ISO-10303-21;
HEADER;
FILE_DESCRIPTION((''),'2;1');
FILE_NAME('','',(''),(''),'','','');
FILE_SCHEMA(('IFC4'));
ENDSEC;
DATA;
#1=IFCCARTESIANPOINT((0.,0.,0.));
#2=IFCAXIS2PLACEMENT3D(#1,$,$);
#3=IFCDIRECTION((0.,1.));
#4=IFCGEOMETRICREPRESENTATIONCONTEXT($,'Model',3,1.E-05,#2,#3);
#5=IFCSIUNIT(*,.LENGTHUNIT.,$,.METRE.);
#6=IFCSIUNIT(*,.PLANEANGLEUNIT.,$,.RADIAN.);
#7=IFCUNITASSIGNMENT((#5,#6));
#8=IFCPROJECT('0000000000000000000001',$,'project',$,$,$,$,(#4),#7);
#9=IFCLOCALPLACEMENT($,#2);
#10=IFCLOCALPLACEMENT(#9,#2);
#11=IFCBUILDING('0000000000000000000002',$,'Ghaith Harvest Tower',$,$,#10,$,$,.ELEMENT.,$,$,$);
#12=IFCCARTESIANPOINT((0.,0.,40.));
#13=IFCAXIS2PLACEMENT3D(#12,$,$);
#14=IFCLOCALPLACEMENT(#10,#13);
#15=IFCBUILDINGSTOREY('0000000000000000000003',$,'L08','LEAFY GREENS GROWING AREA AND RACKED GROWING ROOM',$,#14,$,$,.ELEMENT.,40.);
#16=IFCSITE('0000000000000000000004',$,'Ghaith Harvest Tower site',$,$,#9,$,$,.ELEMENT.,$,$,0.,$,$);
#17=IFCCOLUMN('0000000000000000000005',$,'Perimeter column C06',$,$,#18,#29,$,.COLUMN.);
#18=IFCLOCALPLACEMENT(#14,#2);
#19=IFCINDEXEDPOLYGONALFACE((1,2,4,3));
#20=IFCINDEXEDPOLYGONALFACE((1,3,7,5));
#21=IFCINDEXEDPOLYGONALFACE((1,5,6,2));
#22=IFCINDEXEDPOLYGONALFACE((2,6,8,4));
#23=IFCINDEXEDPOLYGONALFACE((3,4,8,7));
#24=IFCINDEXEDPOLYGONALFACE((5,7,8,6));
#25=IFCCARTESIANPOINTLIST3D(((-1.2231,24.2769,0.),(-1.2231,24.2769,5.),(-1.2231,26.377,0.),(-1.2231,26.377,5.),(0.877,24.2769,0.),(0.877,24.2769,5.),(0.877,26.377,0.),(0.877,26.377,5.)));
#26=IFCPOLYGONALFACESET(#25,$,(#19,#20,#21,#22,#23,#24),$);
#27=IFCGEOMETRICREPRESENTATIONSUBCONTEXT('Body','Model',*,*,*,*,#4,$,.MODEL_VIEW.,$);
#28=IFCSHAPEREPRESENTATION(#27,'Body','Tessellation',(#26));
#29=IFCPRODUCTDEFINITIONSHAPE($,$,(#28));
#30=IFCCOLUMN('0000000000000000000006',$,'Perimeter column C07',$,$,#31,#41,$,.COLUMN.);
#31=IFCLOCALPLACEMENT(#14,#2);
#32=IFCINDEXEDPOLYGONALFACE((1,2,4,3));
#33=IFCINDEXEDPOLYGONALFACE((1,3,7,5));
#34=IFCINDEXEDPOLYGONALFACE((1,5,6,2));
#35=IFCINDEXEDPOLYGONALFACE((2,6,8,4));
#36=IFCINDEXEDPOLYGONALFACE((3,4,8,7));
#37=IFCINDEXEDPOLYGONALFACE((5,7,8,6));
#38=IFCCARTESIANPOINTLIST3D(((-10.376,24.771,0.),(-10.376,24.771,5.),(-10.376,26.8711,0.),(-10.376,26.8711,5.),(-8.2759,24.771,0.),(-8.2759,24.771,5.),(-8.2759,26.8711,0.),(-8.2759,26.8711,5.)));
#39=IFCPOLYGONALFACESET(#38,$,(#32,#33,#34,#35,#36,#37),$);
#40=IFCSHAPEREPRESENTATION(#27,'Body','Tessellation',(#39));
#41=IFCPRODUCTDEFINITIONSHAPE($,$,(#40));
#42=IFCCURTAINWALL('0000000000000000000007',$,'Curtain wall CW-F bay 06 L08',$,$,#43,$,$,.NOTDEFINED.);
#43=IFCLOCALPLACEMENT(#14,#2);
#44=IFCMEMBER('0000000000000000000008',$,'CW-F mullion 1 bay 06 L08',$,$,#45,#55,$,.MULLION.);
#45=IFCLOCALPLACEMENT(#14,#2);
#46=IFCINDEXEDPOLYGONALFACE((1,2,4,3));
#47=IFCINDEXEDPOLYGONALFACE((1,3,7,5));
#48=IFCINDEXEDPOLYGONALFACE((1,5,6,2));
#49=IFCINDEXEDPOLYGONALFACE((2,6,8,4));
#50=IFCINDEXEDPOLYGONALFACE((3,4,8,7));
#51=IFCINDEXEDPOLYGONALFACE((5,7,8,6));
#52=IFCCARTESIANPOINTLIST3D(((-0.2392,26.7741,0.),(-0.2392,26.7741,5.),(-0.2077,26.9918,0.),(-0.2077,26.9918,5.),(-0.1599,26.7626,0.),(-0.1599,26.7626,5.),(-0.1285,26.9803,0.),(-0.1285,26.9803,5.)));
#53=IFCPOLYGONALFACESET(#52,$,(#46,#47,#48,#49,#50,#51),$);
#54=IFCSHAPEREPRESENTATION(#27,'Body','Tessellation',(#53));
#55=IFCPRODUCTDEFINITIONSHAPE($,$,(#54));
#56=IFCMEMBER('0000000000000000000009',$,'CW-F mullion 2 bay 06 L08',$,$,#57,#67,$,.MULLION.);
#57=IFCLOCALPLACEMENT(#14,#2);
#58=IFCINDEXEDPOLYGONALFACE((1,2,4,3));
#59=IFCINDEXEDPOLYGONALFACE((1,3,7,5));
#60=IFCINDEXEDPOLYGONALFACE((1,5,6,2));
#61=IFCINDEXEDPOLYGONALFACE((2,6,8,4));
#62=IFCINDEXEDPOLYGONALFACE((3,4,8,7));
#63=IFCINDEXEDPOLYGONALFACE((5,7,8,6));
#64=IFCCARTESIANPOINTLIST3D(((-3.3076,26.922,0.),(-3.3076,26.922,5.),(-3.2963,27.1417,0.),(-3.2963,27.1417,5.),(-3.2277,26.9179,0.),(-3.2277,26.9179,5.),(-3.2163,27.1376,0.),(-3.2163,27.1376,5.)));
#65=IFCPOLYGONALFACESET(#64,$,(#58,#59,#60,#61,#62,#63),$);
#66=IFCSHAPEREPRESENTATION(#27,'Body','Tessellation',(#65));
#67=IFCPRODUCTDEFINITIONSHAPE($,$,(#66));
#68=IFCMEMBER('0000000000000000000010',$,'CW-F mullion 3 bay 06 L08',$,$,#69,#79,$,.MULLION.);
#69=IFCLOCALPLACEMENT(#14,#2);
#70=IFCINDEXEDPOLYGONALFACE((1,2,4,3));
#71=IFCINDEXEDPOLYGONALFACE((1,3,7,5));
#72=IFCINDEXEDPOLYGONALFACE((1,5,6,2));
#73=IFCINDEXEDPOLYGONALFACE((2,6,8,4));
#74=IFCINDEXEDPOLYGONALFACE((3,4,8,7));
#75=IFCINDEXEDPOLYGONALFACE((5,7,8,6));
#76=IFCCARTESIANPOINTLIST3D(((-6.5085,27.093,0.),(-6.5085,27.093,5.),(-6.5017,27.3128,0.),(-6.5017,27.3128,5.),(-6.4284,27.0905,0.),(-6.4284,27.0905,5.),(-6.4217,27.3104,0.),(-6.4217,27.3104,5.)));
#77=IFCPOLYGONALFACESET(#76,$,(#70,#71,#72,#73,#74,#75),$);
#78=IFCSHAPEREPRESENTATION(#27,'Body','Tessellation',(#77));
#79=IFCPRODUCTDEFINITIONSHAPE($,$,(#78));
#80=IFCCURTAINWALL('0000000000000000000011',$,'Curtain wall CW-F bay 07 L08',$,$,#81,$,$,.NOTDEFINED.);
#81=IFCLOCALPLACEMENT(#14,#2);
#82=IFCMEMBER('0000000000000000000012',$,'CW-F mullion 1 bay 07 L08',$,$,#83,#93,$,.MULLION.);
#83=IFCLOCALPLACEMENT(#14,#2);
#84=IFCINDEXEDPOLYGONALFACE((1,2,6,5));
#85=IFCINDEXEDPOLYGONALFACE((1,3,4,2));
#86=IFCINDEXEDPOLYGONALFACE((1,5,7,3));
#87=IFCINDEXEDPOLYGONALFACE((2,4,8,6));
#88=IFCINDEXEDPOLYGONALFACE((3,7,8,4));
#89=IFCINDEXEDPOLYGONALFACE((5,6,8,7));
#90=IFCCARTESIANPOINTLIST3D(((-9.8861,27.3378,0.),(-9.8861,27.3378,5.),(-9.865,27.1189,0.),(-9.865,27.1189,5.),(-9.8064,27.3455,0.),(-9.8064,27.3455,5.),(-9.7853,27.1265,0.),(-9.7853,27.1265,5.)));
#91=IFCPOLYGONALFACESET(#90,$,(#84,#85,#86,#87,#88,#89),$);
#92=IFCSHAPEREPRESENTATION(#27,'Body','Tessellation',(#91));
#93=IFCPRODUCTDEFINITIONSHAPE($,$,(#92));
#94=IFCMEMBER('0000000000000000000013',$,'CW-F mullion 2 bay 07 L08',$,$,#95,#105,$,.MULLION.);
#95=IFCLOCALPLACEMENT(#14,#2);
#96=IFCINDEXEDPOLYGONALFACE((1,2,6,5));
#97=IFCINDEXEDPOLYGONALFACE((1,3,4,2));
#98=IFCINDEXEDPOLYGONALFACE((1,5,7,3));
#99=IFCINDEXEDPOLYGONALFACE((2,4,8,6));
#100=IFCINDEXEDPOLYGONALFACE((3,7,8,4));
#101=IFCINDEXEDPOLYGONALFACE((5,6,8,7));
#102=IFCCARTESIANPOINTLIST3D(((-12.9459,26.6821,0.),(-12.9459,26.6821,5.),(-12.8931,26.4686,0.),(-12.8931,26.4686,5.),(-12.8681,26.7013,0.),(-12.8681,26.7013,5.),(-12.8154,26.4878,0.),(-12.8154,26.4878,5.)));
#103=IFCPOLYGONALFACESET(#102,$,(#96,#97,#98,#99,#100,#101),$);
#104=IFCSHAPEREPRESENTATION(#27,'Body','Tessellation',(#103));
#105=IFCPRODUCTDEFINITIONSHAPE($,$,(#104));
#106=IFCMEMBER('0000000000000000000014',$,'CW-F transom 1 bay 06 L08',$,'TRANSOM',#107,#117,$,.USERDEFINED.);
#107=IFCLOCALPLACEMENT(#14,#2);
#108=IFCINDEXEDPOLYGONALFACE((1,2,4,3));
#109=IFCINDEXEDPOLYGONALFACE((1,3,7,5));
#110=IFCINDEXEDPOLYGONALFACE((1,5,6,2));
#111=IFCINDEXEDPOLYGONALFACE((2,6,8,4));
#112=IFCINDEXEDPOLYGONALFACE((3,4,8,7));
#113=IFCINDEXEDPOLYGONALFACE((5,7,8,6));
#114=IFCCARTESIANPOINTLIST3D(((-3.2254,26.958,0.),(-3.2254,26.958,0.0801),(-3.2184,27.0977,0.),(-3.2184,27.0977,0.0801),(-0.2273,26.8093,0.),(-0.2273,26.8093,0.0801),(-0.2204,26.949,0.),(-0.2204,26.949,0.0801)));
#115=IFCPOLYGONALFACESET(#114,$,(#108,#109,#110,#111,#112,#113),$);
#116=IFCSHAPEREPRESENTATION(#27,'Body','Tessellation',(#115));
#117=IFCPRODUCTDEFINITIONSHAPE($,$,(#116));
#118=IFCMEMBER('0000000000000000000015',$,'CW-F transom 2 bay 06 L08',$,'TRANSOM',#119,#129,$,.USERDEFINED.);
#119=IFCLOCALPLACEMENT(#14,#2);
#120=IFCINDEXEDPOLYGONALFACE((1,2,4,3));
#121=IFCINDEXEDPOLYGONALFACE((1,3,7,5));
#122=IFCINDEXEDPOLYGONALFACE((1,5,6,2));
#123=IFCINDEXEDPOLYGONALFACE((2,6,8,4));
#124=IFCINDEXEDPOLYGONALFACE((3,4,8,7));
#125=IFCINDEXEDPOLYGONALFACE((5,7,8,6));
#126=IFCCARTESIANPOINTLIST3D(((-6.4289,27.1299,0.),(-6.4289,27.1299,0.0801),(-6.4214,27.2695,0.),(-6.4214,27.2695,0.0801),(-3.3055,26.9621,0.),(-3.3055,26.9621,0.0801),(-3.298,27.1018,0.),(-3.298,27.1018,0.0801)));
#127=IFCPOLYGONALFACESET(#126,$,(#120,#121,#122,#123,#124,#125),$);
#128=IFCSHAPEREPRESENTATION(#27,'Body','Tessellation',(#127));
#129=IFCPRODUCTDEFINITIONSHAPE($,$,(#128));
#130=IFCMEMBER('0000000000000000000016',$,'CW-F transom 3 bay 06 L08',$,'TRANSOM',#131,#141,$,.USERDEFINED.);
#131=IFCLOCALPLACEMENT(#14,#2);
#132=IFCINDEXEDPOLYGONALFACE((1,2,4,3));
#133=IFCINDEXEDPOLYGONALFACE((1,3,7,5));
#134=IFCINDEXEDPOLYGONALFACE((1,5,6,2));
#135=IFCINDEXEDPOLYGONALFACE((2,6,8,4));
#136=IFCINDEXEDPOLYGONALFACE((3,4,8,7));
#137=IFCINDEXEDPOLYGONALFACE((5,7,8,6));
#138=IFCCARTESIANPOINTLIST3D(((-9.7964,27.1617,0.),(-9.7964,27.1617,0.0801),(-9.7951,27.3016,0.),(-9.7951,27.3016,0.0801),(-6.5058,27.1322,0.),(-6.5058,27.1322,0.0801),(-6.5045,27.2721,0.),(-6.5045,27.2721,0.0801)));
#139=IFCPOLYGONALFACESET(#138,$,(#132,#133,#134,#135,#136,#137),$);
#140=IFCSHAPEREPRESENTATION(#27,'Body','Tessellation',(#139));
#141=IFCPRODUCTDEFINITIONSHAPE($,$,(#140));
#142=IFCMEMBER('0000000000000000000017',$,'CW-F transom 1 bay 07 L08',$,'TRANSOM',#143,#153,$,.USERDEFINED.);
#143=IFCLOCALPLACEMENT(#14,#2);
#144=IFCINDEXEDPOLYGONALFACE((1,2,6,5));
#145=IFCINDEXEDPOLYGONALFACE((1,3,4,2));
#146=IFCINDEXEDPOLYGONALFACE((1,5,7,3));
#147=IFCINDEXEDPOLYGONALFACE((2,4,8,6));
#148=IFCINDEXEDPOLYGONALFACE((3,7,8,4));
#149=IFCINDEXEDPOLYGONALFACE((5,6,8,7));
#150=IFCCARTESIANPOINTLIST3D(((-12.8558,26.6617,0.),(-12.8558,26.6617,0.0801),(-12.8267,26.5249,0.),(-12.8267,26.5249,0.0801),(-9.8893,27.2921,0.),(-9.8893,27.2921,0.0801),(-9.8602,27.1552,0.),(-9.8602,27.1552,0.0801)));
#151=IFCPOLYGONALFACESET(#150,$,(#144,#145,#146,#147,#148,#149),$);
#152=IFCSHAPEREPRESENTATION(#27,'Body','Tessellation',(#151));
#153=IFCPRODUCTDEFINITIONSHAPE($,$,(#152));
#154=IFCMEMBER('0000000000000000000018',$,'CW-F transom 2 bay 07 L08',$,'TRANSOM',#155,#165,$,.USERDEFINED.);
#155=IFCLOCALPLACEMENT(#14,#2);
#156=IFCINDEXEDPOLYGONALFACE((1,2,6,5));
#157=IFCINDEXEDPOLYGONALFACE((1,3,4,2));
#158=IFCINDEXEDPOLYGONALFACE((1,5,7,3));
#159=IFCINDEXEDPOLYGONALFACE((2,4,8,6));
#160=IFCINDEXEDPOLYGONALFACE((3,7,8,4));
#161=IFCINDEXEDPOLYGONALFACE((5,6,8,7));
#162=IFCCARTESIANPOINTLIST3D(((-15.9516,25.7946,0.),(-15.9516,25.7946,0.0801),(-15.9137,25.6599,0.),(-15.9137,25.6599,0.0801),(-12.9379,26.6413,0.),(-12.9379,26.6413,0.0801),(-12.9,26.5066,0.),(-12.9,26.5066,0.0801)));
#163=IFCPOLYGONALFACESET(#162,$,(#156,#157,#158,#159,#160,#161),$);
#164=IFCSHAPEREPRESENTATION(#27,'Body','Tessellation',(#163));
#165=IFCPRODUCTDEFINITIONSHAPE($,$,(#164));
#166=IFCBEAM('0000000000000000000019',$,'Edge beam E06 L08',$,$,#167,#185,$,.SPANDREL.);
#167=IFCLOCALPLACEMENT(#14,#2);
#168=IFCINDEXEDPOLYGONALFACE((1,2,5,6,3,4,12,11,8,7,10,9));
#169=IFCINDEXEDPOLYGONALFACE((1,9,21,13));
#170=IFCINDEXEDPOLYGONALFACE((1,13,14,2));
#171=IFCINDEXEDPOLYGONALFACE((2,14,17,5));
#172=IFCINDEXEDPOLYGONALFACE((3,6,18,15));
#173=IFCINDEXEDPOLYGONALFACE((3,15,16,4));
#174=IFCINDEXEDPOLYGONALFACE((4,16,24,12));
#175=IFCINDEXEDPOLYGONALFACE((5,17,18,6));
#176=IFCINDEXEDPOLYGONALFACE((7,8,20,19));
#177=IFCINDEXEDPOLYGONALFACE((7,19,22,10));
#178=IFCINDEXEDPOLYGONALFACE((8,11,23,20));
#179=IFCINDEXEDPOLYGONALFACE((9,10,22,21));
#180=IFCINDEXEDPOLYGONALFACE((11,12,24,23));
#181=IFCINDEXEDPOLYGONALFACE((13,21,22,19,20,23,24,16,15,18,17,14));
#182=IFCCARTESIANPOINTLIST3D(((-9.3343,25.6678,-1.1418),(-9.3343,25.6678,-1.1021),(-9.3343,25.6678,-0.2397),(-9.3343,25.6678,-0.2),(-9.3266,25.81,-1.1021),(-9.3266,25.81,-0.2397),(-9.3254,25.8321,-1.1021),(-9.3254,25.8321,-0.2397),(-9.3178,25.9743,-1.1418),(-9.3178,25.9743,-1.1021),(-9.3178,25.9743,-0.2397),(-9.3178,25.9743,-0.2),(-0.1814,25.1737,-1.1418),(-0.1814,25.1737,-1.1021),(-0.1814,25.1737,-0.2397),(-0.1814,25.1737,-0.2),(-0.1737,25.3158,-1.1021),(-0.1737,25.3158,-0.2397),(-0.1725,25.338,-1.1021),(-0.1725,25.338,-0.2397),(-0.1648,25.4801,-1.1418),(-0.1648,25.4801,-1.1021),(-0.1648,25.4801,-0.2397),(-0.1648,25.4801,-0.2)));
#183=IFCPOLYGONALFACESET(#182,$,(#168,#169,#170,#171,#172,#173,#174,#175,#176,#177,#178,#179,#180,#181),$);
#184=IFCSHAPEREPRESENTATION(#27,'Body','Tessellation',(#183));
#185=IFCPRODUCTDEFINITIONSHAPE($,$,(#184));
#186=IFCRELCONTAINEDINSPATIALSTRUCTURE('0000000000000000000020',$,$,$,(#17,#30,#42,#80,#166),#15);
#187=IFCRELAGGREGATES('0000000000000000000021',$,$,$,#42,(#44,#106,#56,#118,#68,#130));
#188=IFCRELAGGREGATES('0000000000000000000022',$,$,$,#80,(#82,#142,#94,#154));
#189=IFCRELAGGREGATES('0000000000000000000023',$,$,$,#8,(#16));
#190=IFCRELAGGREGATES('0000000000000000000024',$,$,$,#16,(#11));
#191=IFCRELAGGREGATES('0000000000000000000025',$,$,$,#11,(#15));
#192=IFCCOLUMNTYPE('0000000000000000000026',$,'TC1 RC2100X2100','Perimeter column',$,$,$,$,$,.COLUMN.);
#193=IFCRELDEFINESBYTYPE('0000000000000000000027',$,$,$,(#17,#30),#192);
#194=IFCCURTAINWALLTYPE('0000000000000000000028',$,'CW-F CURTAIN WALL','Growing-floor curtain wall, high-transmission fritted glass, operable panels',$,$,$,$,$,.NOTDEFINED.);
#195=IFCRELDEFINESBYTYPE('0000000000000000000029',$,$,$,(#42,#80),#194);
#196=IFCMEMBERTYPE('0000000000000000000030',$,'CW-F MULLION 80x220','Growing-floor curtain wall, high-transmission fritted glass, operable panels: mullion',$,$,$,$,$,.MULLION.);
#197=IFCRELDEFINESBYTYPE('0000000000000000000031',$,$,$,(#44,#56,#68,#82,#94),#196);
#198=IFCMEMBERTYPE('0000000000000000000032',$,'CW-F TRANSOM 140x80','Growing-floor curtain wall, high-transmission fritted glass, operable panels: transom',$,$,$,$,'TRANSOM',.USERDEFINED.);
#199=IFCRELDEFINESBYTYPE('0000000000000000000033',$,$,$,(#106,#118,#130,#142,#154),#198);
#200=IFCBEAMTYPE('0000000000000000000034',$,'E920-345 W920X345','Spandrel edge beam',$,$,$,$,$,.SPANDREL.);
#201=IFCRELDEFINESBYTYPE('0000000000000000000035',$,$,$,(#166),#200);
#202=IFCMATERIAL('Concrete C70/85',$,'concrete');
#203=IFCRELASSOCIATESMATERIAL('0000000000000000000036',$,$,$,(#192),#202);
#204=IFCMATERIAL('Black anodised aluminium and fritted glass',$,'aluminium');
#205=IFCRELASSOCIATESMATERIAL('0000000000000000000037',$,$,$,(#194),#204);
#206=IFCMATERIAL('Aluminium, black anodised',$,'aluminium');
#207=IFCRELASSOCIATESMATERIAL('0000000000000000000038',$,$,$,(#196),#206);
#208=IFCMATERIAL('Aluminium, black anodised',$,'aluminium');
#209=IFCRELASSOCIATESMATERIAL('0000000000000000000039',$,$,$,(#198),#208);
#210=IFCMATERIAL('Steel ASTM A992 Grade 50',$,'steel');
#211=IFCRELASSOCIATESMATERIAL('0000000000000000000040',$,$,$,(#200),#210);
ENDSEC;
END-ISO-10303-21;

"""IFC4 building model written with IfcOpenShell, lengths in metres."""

from ifc_helpers import new_model, si_unit, direction, frame, origin, origin_2d, place, context, subcontext, project, spatial, rectangle, i_section, extrude, material, material_profile, profile_set, type_object, element, aggregate, save


model = new_model("IFC4")

# Units and contexts
model_context = context("Model", 3, precision=1e-05, world=origin(), true_north=direction((0.0, 1.0)))
body_context = subcontext(model_context, "Body", "Model", "MODEL_VIEW")
ifc_project = project(units=[si_unit("LENGTHUNIT", "METRE"), si_unit("PLANEANGLEUNIT", "RADIAN")], contexts=[model_context])

# Site, building, storey
site_placement = place(None, origin())
site = spatial("IfcSite", under=ifc_project, at=site_placement, Name="Ghaith Harvest Tower site", CompositionType="ELEMENT", RefElevation=0.0)
building_placement = place(site_placement, origin())
building = spatial("IfcBuilding", under=site, at=building_placement, Name="Ghaith Harvest Tower", CompositionType="ELEMENT")
storey_placement = place(building_placement, frame((0.0, 0.0, 40.0)))
storey = spatial("IfcBuildingStorey", under=building, at=storey_placement, Name="L08", Description="LEAFY GREENS GROWING AREA AND RACKED GROWING ROOM", CompositionType="ELEMENT", Elevation=40.0)

# Columns
ifc_material_1 = material(Name="Concrete C70/85", Category="concrete")
ifc_material_profile_1 = material_profile(ifc_material_1, rectangle(XDim=2.1001, YDim=2.1001, at=origin_2d()), Name="RC2100X2100")
ifc_profile_set_1 = profile_set([ifc_material_profile_1], Name="Concrete C70/85")
column_type = type_object("IfcColumnType", Name="TC1 RC2100X2100", Description="Perimeter column", PredefinedType="COLUMN", material=ifc_profile_set_1)
for number, where, z_axis, x_axis, name in (
    (1, (-0.1731, 25.3269, 0.0), (0.0, 0.0, 1.0), (1.0, 0.0, 0.0), "Perimeter column C06"),
    (2, (-9.3259, 25.821, 0.0), (0.0, 0.0, 1.0), (1.0, 0.0, 0.0), "Perimeter column C07"),
):
    element("IfcColumn", number, at=place(storey_placement, frame(where, z_axis=z_axis, x_axis=x_axis)), inside=storey, type_object=column_type, Name=name, PredefinedType="COLUMN", context=body_context, shape_type="SweptSolid", body=[
        extrude(rectangle(XDim=2.1001, YDim=2.1001, at=origin_2d()), origin(), (0.0, 0.0, 1.0), 5.0),
    ])

# Curtain walls, members
ifc_material_2 = material(Name="Black anodised aluminium and fritted glass", Category="aluminium")
curtain_wall_type = type_object("IfcCurtainWallType", Name="CW-F CURTAIN WALL", Description="Growing-floor curtain wall, high-transmission fritted glass, operable panels", PredefinedType="NOTDEFINED", material=ifc_material_2)
curtain_wall_1_placement = place(storey_placement, origin())
curtain_wall_1 = element("IfcCurtainWall", 3, at=curtain_wall_1_placement, inside=storey, type_object=curtain_wall_type, Name="Curtain wall CW-F bay 06 L08", PredefinedType="NOTDEFINED")
ifc_material_3 = material(Name="Aluminium, black anodised", Category="aluminium")
ifc_material_profile_2 = material_profile(ifc_material_3, rectangle(XDim=0.0801, YDim=0.22, at=origin_2d()), Name="CW-F MULLION 80x220")
ifc_profile_set_2 = profile_set([ifc_material_profile_2], Name="Aluminium, black anodised")
member_type_1 = type_object("IfcMemberType", Name="CW-F MULLION 80x220", Description="Growing-floor curtain wall, high-transmission fritted glass, operable panels: mullion", PredefinedType="MULLION", material=ifc_profile_set_2)
member_1_placement = place(storey_placement, frame((-0.1838, 26.8772, 0.0), z_axis=(0.0, 0.0, 1.0), x_axis=(-0.989712, 0.143075, 0.0)))
member_1 = element("IfcMember", 4, at=member_1_placement, type_object=member_type_1, Name="CW-F mullion 1 bay 06 L08", PredefinedType="MULLION", context=body_context, shape_type="SweptSolid", body=[
    extrude(rectangle(XDim=0.0801, YDim=0.22, at=origin_2d()), origin(), (0.0, 0.0, 1.0), 5.0),
])
member_2_placement = place(storey_placement, frame((-3.262, 27.0298, 0.0), z_axis=(0.0, 0.0, 1.0), x_axis=(-0.998667, 0.051618, 0.0)))
member_2 = element("IfcMember", 5, at=member_2_placement, type_object=member_type_1, Name="CW-F mullion 2 bay 06 L08", PredefinedType="MULLION", context=body_context, shape_type="SweptSolid", body=[
    extrude(rectangle(XDim=0.0801, YDim=0.22, at=origin_2d()), origin(), (0.0, 0.0, 1.0), 5.0),
])
member_3_placement = place(storey_placement, frame((-6.4651, 27.2017, 0.0), z_axis=(0.0, 0.0, 1.0), x_axis=(-0.999527, 0.03075, 0.0)))
member_3 = element("IfcMember", 6, at=member_3_placement, type_object=member_type_1, Name="CW-F mullion 3 bay 06 L08", PredefinedType="MULLION", context=body_context, shape_type="SweptSolid", body=[
    extrude(rectangle(XDim=0.0801, YDim=0.22, at=origin_2d()), origin(), (0.0, 0.0, 1.0), 5.0),
])
curtain_wall_2_placement = place(storey_placement, origin())
curtain_wall_2 = element("IfcCurtainWall", 7, at=curtain_wall_2_placement, inside=storey, type_object=curtain_wall_type, Name="Curtain wall CW-F bay 07 L08", PredefinedType="NOTDEFINED")
member_4_placement = place(storey_placement, frame((-9.8357, 27.2322, 0.0), z_axis=(0.0, 0.0, 1.0), x_axis=(-0.995408, -0.095718, 0.0)))
member_4 = element("IfcMember", 8, at=member_4_placement, type_object=member_type_1, Name="CW-F mullion 1 bay 07 L08", PredefinedType="MULLION", context=body_context, shape_type="SweptSolid", body=[
    extrude(rectangle(XDim=0.0801, YDim=0.22, at=origin_2d()), origin(), (0.0, 0.0, 1.0), 5.0),
])
member_5_placement = place(storey_placement, frame((-12.8806, 26.585, 0.0), z_axis=(0.0, 0.0, 1.0), x_axis=(-0.970825, -0.239791, 0.0)))
member_5 = element("IfcMember", 9, at=member_5_placement, type_object=member_type_1, Name="CW-F mullion 2 bay 07 L08", PredefinedType="MULLION", context=body_context, shape_type="SweptSolid", body=[
    extrude(rectangle(XDim=0.0801, YDim=0.22, at=origin_2d()), origin(), (0.0, 0.0, 1.0), 5.0),
])

# Members
ifc_material_4 = material(Name="Aluminium, black anodised", Category="aluminium")
ifc_material_profile_3 = material_profile(ifc_material_4, rectangle(XDim=0.1399, YDim=0.0801, at=origin_2d()), Name="CW-F TRANSOM 140x80")
ifc_profile_set_3 = profile_set([ifc_material_profile_3], Name="Aluminium, black anodised")
member_type_2 = type_object("IfcMemberType", Name="CW-F TRANSOM 140x80", Description="Growing-floor curtain wall, high-transmission fritted glass, operable panels: transom", ElementType="TRANSOM", PredefinedType="USERDEFINED", material=ifc_profile_set_3)
member_6_placement = place(storey_placement, frame((-0.2239, 26.8792, 0.04), z_axis=(-0.998773, 0.049532, 0.0), x_axis=(-0.049532, -0.998773, 0.0)))
member_6 = element("IfcMember", 10, at=member_6_placement, type_object=member_type_2, Name="CW-F transom 1 bay 06 L08", ObjectType="TRANSOM", PredefinedType="USERDEFINED", context=body_context, shape_type="SweptSolid", body=[
    extrude(rectangle(XDim=0.1399, YDim=0.0801, at=origin_2d()), origin(), (0.0, 0.0, 1.0), 3.0017),
])
member_7_placement = place(storey_placement, frame((-3.3018, 27.032, 0.04), z_axis=(-0.998561, 0.05362, 0.0), x_axis=(-0.05362, -0.998561, 0.0)))
member_7 = element("IfcMember", 11, at=member_7_placement, type_object=member_type_2, Name="CW-F transom 2 bay 06 L08", ObjectType="TRANSOM", PredefinedType="USERDEFINED", context=body_context, shape_type="SweptSolid", body=[
    extrude(rectangle(XDim=0.1399, YDim=0.0801, at=origin_2d()), origin(), (0.0, 0.0, 1.0), 3.1279),
])
member_8_placement = place(storey_placement, frame((-6.5051, 27.2021, 0.04), z_axis=(-0.99996, 0.008977, 0.0), x_axis=(-0.008977, -0.99996, 0.0)))
member_8 = element("IfcMember", 12, at=member_8_placement, type_object=member_type_2, Name="CW-F transom 3 bay 06 L08", ObjectType="TRANSOM", PredefinedType="USERDEFINED", context=body_context, shape_type="SweptSolid", body=[
    extrude(rectangle(XDim=0.1399, YDim=0.0801, at=origin_2d()), origin(), (0.0, 0.0, 1.0), 3.2908),
])
member_9_placement = place(storey_placement, frame((-9.8748, 27.2236, 0.04), z_axis=(-0.97816, -0.207852, 0.0), x_axis=(0.207852, -0.97816, 0.0)))
member_9 = element("IfcMember", 13, at=member_9_placement, type_object=member_type_2, Name="CW-F transom 1 bay 07 L08", ObjectType="TRANSOM", PredefinedType="USERDEFINED", context=body_context, shape_type="SweptSolid", body=[
    extrude(rectangle(XDim=0.1399, YDim=0.0801, at=origin_2d()), origin(), (0.0, 0.0, 1.0), 3.0327),
])
member_10_placement = place(storey_placement, frame((-12.9189, 26.574, 0.04), z_axis=(-0.962727, -0.270475, 0.0), x_axis=(0.270475, -0.962727, 0.0)))
member_10 = element("IfcMember", 14, at=member_10_placement, type_object=member_type_2, Name="CW-F transom 2 bay 07 L08", ObjectType="TRANSOM", PredefinedType="USERDEFINED", context=body_context, shape_type="SweptSolid", body=[
    extrude(rectangle(XDim=0.1399, YDim=0.0801, at=origin_2d()), origin(), (0.0, 0.0, 1.0), 3.1304),
])

# Beam
ifc_material_5 = material(Name="Steel ASTM A992 Grade 50", Category="steel")
ifc_material_profile_4 = material_profile(ifc_material_5, i_section(OverallWidth=0.3069, OverallDepth=0.9419, WebThickness=0.0222, FlangeThickness=0.0398, at=origin_2d()), Name="W920X345")
ifc_profile_set_4 = profile_set([ifc_material_profile_4], Name="Steel ASTM A992 Grade 50")
beam_type = type_object("IfcBeamType", Name="E920-345 W920X345", Description="Spandrel edge beam", PredefinedType="SPANDREL", material=ifc_profile_set_4)
beam_1_placement = place(storey_placement, frame((-0.1731, 25.3269, -0.6709), z_axis=(-0.998546, 0.053909, 0.0), x_axis=(-0.053909, -0.998546, 0.0)))
element("IfcBeam", 15, at=beam_1_placement, inside=storey, type_object=beam_type, Name="Edge beam E06 L08", PredefinedType="SPANDREL", context=body_context, shape_type="SweptSolid", body=[
    extrude(i_section(OverallWidth=0.3069, OverallDepth=0.9419, WebThickness=0.0222, FlangeThickness=0.0398, at=origin_2d()), origin(), (0.0, 0.0, 1.0), 9.1663),
])

aggregate(curtain_wall_1, [member_1, member_6, member_2, member_7, member_3, member_8])
aggregate(curtain_wall_2, [member_4, member_9, member_5, member_10])

save(model, "model.ifc")
